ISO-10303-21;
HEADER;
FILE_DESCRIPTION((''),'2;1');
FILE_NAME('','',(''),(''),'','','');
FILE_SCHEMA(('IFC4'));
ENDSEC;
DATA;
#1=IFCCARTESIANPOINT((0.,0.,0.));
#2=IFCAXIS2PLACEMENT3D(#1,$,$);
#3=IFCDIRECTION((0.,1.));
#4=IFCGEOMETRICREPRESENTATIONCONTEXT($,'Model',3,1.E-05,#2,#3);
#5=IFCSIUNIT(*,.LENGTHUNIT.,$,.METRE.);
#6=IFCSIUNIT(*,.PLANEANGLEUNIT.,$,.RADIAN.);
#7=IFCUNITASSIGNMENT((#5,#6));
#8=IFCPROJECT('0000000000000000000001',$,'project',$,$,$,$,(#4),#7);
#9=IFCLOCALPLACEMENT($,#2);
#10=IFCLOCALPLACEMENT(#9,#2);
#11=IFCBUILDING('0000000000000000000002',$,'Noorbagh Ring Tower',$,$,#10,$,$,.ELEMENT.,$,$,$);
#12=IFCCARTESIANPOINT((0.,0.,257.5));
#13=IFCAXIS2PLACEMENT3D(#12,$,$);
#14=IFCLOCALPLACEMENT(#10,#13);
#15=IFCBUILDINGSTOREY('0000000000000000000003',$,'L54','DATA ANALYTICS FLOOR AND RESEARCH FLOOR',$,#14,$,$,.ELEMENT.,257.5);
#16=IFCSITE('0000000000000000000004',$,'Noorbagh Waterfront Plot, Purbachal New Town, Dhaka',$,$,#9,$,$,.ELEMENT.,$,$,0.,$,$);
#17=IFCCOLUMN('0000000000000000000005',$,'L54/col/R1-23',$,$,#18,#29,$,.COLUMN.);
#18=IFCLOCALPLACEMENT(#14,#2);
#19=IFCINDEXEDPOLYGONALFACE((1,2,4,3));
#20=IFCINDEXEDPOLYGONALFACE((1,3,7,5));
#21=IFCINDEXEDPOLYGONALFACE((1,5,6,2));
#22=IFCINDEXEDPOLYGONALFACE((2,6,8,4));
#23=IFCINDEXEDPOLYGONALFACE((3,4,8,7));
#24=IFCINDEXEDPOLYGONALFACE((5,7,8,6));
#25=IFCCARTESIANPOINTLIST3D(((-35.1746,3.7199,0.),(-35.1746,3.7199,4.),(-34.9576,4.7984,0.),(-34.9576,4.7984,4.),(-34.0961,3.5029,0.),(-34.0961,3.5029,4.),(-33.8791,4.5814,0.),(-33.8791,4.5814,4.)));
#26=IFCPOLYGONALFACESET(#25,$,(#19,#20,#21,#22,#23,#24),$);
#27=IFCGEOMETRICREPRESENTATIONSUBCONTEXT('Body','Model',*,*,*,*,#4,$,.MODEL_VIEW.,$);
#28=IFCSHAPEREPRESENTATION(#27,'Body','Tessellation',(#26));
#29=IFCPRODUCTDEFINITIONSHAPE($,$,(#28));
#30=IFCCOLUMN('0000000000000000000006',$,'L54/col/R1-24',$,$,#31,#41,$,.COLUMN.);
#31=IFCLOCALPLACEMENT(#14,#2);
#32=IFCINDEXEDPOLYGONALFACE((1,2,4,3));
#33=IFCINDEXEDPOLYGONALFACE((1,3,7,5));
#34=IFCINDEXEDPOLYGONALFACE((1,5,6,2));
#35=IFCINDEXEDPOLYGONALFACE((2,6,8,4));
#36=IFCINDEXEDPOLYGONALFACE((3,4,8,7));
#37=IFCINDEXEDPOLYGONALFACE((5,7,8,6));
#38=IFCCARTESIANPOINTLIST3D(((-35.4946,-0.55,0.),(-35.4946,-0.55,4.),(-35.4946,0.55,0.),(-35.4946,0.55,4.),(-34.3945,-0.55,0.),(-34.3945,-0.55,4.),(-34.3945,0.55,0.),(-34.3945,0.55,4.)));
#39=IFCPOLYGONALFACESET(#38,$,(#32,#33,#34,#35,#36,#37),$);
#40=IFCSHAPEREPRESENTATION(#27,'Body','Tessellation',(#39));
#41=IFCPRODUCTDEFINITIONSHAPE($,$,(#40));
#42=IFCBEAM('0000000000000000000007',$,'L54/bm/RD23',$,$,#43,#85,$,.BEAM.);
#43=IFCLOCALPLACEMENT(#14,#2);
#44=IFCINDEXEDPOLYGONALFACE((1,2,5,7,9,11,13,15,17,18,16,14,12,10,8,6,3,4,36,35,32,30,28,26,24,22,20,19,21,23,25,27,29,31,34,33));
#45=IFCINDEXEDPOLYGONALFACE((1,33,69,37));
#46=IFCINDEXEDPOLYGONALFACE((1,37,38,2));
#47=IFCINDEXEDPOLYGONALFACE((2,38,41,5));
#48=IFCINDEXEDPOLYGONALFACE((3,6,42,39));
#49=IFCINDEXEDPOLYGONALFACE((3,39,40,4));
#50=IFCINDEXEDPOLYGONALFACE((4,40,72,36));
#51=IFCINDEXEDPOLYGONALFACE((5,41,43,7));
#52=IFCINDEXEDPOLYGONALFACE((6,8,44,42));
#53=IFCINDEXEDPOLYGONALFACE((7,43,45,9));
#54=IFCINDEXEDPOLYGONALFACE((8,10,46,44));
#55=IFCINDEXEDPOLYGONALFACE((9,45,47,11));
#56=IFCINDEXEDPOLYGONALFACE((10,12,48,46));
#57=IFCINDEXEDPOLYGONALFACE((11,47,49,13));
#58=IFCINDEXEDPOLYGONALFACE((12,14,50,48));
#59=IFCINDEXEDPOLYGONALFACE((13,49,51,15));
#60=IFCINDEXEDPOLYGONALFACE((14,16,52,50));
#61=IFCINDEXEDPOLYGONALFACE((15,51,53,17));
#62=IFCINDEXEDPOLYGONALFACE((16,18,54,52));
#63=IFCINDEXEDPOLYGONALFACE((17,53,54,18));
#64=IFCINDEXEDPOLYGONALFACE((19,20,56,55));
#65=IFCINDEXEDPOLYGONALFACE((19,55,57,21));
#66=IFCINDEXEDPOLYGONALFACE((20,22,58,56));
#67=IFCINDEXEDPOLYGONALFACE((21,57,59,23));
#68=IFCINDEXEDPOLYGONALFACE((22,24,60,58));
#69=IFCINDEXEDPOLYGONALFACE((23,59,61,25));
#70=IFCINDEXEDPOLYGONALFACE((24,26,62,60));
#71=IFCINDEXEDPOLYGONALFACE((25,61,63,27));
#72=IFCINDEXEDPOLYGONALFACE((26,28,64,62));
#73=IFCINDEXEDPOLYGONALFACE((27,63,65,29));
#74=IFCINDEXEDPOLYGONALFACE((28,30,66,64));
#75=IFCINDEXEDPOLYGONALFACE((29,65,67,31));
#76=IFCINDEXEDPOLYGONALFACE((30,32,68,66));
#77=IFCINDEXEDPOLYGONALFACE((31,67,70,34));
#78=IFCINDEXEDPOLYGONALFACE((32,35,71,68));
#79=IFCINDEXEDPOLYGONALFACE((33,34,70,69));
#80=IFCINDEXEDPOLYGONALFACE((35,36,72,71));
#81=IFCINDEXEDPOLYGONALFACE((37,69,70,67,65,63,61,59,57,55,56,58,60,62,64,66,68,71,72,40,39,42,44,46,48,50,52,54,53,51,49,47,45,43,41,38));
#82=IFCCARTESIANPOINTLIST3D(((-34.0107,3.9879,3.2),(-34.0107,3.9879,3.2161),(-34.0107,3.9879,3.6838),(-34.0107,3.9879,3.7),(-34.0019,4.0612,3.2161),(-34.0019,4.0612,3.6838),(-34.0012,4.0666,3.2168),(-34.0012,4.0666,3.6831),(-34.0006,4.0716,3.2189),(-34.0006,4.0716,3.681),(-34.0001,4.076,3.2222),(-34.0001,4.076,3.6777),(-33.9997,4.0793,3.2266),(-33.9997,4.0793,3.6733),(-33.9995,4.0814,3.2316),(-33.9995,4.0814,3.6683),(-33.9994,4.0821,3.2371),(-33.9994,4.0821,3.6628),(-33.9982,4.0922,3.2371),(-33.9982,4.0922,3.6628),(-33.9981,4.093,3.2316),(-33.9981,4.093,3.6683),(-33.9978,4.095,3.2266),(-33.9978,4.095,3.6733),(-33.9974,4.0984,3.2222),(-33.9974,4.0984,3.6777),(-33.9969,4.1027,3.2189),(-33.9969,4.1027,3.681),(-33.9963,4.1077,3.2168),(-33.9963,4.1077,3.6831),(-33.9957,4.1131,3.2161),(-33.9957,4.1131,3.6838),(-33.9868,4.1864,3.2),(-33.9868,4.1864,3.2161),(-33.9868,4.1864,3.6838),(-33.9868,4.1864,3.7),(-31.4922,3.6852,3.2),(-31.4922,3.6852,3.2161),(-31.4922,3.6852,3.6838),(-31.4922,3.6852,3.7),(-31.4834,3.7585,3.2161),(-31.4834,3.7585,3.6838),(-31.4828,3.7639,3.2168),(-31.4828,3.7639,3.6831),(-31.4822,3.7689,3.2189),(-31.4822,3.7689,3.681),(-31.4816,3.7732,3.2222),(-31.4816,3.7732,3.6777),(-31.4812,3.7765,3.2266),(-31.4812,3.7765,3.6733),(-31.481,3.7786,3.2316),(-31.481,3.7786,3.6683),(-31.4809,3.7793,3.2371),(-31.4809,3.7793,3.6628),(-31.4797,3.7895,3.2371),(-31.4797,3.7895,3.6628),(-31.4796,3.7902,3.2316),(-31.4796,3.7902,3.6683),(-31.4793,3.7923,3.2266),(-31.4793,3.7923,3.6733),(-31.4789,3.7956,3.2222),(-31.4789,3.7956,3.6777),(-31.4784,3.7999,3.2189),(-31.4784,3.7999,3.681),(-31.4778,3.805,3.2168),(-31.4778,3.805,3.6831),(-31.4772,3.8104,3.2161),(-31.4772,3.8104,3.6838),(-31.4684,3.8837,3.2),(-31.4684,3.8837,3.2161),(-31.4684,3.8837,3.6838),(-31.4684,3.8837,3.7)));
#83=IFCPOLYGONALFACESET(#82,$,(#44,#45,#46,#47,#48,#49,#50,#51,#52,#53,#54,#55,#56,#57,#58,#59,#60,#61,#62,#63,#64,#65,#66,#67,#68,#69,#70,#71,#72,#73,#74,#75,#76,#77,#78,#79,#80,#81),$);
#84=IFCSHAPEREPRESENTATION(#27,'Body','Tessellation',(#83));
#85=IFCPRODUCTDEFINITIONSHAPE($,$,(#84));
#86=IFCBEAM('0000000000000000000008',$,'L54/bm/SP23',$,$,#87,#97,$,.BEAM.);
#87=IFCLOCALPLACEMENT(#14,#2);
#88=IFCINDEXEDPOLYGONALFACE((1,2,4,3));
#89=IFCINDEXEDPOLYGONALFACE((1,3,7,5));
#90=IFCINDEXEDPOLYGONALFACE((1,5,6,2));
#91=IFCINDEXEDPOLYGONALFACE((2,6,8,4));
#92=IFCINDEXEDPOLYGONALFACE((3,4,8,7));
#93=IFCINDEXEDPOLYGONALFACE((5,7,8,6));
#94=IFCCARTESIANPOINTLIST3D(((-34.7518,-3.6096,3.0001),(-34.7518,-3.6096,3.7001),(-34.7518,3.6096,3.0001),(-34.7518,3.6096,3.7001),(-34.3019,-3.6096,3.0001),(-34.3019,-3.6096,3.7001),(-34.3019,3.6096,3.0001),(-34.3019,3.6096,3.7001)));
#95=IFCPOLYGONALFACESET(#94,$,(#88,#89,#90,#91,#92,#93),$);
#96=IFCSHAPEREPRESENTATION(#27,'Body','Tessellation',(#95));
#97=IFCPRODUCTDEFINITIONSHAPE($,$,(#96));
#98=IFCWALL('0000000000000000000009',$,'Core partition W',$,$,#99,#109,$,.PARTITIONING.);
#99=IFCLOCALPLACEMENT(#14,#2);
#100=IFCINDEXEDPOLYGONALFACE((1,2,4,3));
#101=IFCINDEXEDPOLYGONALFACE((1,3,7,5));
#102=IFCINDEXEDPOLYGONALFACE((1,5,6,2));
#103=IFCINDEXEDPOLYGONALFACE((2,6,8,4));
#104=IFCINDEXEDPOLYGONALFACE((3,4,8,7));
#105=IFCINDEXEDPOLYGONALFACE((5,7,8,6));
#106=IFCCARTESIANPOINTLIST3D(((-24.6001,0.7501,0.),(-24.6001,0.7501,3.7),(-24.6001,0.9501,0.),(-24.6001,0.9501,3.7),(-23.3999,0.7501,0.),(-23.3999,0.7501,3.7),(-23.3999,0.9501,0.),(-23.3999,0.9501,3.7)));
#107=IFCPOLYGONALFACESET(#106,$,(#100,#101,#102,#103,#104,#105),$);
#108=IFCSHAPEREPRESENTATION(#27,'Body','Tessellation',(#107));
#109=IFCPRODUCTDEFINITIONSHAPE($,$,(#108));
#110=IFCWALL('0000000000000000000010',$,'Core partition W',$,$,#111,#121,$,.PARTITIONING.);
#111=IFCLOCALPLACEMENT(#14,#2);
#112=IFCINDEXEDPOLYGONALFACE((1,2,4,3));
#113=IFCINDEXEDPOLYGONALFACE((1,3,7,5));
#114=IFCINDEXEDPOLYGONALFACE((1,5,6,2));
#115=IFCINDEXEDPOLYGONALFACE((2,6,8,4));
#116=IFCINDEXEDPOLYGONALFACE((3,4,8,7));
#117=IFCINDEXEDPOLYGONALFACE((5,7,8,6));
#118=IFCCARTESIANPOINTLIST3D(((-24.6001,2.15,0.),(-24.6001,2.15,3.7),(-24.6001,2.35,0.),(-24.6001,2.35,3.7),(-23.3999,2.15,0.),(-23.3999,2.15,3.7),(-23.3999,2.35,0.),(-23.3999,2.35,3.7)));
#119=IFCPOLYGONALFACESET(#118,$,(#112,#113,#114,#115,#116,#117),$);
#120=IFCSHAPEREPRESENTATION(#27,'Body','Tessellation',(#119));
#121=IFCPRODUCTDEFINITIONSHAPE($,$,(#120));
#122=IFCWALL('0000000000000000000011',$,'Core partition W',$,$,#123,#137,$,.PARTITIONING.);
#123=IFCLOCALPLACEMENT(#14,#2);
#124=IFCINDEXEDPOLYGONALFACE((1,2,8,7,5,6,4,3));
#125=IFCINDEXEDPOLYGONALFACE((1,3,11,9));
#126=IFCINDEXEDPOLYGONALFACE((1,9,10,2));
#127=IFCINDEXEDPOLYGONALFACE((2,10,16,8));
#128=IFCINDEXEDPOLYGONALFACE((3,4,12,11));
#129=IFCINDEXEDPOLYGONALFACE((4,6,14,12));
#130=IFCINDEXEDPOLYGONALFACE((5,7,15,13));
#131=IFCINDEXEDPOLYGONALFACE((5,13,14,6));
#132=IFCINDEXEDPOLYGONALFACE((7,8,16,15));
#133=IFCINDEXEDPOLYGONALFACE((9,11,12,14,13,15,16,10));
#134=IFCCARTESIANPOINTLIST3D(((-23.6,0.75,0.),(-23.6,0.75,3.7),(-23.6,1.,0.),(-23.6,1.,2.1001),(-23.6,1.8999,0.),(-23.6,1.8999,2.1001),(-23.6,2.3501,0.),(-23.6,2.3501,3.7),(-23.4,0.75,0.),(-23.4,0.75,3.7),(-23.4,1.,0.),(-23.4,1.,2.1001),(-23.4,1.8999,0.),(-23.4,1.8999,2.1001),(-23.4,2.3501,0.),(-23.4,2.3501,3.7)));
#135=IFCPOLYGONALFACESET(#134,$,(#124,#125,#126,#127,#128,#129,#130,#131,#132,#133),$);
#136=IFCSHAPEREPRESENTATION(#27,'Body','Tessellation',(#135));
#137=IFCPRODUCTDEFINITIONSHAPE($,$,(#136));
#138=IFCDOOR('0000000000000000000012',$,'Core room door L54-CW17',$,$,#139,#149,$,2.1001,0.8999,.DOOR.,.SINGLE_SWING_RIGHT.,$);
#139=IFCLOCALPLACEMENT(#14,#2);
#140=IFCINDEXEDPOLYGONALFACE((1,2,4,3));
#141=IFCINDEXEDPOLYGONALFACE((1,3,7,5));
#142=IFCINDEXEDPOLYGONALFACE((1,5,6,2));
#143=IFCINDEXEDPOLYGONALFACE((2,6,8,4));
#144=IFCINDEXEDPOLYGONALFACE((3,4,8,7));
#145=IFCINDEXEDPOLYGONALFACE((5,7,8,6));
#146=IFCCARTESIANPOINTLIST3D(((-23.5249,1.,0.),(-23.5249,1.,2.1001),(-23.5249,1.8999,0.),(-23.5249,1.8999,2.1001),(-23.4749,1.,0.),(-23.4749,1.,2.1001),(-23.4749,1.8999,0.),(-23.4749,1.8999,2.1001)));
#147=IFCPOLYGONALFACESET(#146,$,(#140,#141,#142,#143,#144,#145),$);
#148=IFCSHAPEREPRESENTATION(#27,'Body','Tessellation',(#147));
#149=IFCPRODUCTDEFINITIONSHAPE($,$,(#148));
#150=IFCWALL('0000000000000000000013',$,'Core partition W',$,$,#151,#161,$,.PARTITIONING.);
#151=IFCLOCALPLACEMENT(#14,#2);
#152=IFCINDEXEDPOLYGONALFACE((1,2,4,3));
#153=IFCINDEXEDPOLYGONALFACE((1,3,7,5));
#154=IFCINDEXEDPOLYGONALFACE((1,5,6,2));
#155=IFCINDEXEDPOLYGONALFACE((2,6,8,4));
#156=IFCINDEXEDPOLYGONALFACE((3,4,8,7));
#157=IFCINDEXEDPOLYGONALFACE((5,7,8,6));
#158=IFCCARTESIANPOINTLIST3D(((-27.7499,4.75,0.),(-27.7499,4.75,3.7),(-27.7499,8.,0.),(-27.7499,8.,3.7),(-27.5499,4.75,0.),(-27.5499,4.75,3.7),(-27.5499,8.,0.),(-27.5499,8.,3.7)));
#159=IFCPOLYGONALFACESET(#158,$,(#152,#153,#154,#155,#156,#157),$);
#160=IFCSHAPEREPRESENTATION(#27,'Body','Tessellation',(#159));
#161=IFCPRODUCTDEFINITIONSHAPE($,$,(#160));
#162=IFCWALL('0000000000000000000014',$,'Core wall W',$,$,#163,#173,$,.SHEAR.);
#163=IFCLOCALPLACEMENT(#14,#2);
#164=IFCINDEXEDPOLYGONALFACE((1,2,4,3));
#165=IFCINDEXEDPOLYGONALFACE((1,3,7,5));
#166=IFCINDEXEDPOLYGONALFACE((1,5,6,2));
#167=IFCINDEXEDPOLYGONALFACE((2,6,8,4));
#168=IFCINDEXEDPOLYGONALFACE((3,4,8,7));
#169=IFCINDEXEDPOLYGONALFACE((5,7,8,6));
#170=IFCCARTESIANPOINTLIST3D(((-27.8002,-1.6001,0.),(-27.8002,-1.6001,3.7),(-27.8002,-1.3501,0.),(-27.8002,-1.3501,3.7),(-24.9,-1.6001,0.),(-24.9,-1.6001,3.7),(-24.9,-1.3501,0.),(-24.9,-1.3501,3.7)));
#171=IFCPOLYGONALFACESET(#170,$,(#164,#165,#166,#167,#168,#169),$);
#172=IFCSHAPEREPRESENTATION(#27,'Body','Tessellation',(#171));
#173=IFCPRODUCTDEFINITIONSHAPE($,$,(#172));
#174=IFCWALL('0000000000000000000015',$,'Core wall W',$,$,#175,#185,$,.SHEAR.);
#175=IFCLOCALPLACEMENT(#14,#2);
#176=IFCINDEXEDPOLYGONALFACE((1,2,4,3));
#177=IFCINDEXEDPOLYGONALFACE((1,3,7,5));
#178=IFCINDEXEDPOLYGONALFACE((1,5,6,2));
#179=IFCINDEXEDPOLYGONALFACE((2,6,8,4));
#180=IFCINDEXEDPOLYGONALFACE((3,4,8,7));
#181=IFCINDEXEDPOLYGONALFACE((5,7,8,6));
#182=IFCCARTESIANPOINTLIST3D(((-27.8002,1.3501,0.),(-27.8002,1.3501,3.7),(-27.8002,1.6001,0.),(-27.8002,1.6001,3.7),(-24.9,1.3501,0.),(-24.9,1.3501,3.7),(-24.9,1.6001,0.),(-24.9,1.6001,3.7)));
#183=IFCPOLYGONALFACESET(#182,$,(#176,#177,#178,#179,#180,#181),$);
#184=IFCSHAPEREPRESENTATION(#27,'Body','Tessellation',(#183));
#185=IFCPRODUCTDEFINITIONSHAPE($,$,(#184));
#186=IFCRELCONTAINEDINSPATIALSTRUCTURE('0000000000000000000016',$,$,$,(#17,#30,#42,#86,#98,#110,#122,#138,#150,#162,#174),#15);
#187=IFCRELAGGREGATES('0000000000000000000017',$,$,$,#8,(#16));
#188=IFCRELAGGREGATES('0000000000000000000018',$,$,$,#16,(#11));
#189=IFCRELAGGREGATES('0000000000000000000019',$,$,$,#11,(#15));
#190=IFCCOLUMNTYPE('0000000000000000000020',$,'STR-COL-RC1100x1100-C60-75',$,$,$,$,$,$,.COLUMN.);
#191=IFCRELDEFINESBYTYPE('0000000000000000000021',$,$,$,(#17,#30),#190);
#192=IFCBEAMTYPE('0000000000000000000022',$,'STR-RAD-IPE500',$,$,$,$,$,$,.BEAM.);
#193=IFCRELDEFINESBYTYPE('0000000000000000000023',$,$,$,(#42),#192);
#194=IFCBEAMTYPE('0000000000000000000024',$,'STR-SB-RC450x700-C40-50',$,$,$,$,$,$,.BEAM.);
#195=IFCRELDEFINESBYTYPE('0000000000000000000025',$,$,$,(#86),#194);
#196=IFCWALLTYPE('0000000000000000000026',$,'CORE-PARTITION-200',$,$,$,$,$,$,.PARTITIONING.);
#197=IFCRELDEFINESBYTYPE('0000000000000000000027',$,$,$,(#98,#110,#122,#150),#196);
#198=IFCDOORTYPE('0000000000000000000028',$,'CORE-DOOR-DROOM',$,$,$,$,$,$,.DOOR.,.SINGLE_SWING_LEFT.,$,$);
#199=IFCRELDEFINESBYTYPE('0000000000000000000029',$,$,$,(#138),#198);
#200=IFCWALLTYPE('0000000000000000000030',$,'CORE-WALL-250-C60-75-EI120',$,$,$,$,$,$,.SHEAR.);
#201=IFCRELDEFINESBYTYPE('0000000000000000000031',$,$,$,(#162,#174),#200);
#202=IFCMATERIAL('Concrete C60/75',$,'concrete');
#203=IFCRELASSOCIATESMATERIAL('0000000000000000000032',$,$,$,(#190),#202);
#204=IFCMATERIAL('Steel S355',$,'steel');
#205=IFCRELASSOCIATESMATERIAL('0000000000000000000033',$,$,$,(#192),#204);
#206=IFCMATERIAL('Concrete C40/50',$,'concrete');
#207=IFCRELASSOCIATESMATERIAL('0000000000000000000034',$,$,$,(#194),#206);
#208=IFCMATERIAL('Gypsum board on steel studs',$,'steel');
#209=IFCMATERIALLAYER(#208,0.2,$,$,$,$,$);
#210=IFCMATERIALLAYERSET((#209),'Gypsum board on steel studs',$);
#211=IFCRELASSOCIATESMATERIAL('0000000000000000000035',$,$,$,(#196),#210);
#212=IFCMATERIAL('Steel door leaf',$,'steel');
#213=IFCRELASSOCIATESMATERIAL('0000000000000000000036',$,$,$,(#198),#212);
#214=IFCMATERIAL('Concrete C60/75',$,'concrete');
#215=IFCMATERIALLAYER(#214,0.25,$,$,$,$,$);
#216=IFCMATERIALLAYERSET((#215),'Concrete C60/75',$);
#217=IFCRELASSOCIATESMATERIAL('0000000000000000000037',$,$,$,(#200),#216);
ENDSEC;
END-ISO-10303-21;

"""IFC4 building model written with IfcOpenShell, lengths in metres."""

from ifc_helpers import new_model, si_unit, direction, frame, frame_2d, origin, origin_2d, place, context, subcontext, project, spatial, rectangle, i_section, extrude, material, layer, layer_set, material_profile, profile_set, type_object, element, fill, save


model = new_model("IFC4")

# Units and contexts
model_context = context("Model", 3, precision=1e-05, world=origin(), true_north=direction((0.0, 1.0)))
body_context = subcontext(model_context, "Body", "Model", "MODEL_VIEW")
ifc_project = project(units=[si_unit("LENGTHUNIT", "METRE"), si_unit("PLANEANGLEUNIT", "RADIAN")], contexts=[model_context])

# Site, building, storey
site_placement = place(None, origin())
site = spatial("IfcSite", under=ifc_project, at=site_placement, Name="Noorbagh Waterfront Plot, Purbachal New Town, Dhaka", CompositionType="ELEMENT", RefElevation=0.0)
building_placement = place(site_placement, origin())
building = spatial("IfcBuilding", under=site, at=building_placement, Name="Noorbagh Ring Tower", CompositionType="ELEMENT")
storey_placement = place(building_placement, frame((0.0, 0.0, 257.5)))
storey = spatial("IfcBuildingStorey", under=building, at=storey_placement, Name="L54", Description="DATA ANALYTICS FLOOR AND RESEARCH FLOOR", CompositionType="ELEMENT", Elevation=257.5)

# Columns
ifc_material_1 = material(Name="Concrete C60/75", Category="concrete")
ifc_material_profile_1 = material_profile(ifc_material_1, rectangle(XDim=1.1001, YDim=1.1001, at=origin_2d()), Name="RC1100x1100")
ifc_profile_set_1 = profile_set([ifc_material_profile_1], Name="Concrete C60/75")
column_type = type_object("IfcColumnType", Name="STR-COL-RC1100x1100-C60-75", PredefinedType="COLUMN", material=ifc_profile_set_1)
for number, where, z_axis, x_axis, name in (
    (1, (-34.5269, 4.1506, 0.0), (0.0, 0.0, 1.0), (-0.19723, -0.980357, 0.0), "L54/col/R1-23"),
    (2, (-34.9446, 0.0, 0.0), (0.0, 0.0, 1.0), (0.0, -1.0, 0.0), "L54/col/R1-24"),
):
    element("IfcColumn", number, at=place(storey_placement, frame(where, z_axis=z_axis, x_axis=x_axis)), inside=storey, type_object=column_type, Name=name, PredefinedType="COLUMN", context=body_context, shape_type="SweptSolid", body=[
        extrude(rectangle(XDim=1.1001, YDim=1.1001, at=origin_2d()), origin(), (0.0, 0.0, 1.0), 4.0),
    ])

# Beams
ifc_material_2 = material(Name="Steel S355", Category="steel")
ifc_material_profile_2 = material_profile(ifc_material_2, i_section(OverallWidth=0.2, OverallDepth=0.5, WebThickness=0.0103, FlangeThickness=0.0161, FilletRadius=0.021, at=origin_2d()), Name="IPE500")
ifc_profile_set_2 = profile_set([ifc_material_profile_2], Name="Steel S355")
beam_type_1 = type_object("IfcBeamType", Name="STR-RAD-IPE500", PredefinedType="BEAM", material=ifc_profile_set_2)
beam_1_placement = place(storey_placement, frame((-33.9988, 4.0872, 3.45), z_axis=(0.992853, -0.119343, 0.0), x_axis=(0.119343, 0.992853, 0.0)))
element("IfcBeam", 3, at=beam_1_placement, inside=storey, type_object=beam_type_1, Name="L54/bm/RD23", PredefinedType="BEAM", context=body_context, shape_type="SweptSolid", body=[
    extrude(i_section(OverallWidth=0.2, OverallDepth=0.5, WebThickness=0.0103, FlangeThickness=0.0161, FilletRadius=0.021, at=origin_2d()), origin(), (0.0, 0.0, 1.0), 2.5366),
])
ifc_material_3 = material(Name="Concrete C40/50", Category="concrete")
ifc_material_profile_3 = material_profile(ifc_material_3, rectangle(XDim=0.45, YDim=0.7, at=origin_2d()), Name="RC450x700")
ifc_profile_set_3 = profile_set([ifc_material_profile_3], Name="Concrete C40/50")
beam_type_2 = type_object("IfcBeamType", Name="STR-SB-RC450x700-C40-50", PredefinedType="BEAM", material=ifc_profile_set_3)
beam_2_placement = place(storey_placement, frame((-34.5269, 3.6096, 3.3501), z_axis=(0.0, -1.0, 0.0), x_axis=(1.0, 0.0, 0.0)))
element("IfcBeam", 4, at=beam_2_placement, inside=storey, type_object=beam_type_2, Name="L54/bm/SP23", PredefinedType="BEAM", context=body_context, shape_type="SweptSolid", body=[
    extrude(rectangle(XDim=0.45, YDim=0.7, at=origin_2d()), origin(), (0.0, 0.0, 1.0), 7.2192),
])

# Walls
ifc_material_4 = material(Name="Gypsum board on steel studs", Category="steel")
ifc_layer_1 = layer(ifc_material_4, 0.2)
ifc_layer_set_1 = layer_set([ifc_layer_1], Name="Gypsum board on steel studs")
wall_type_1 = type_object("IfcWallType", Name="CORE-PARTITION-200", PredefinedType="PARTITIONING", material=ifc_layer_set_1)
for number, where, z_axis, x_axis, name in (
    (5, (-23.3999, 0.8501, 0.0), (0.0, 0.0, 1.0), (-1.0, 0.0, 0.0), "Core partition W"),
    (6, (-23.3999, 2.25, 0.0), (0.0, 0.0, 1.0), (-1.0, 0.0, 0.0), "Core partition W"),
):
    element("IfcWall", number, at=place(storey_placement, frame(where, z_axis=z_axis, x_axis=x_axis)), inside=storey, type_object=wall_type_1, Name=name, PredefinedType="PARTITIONING", context=body_context, shape_type="SweptSolid", body=[
        extrude(rectangle(XDim=1.2002, YDim=0.2, at=frame_2d((0.6001, 0.0))), origin(), (0.0, 0.0, 1.0), 3.7),
    ])

# Wall, opening, door
wall_1_placement = place(storey_placement, frame((-23.5, 0.75, 0.0), z_axis=(0.0, 0.0, 1.0), x_axis=(0.0, 1.0, 0.0)))
wall_1 = element("IfcWall", 7, at=wall_1_placement, inside=storey, type_object=wall_type_1, Name="Core partition W", PredefinedType="PARTITIONING", context=body_context, shape_type="SweptSolid", body=[
    extrude(rectangle(XDim=1.6001, YDim=0.2, at=frame_2d((0.8, 0.0))), origin(), (0.0, 0.0, 1.0), 3.7),
])
opening_1_placement = place(wall_1_placement, frame((0.25, 0.0, 0.0)))
opening_1 = element("IfcOpeningElement", 8, at=opening_1_placement, cuts=wall_1, PredefinedType="OPENING", context=body_context, shape_type="SweptSolid", body=[
    extrude(rectangle(XDim=0.8999, YDim=2.1001, at=frame_2d((0.45, 1.05))), frame((0.0, 0.1099, 0.0), z_axis=(0.0, -1.0, 0.0), x_axis=(1.0, 0.0, 0.0)), (0.0, 0.0, 1.0), 0.22),
])
ifc_material_5 = material(Name="Steel door leaf", Category="steel")
door_type_1 = type_object("IfcDoorType", Name="CORE-DOOR-DROOM", OperationType="SINGLE_SWING_LEFT", PredefinedType="DOOR", material=ifc_material_5)
door_1_placement = place(opening_1_placement, origin())
door_1 = element("IfcDoor", 9, at=door_1_placement, inside=storey, type_object=door_type_1, Name="Core room door L54-CW17", OperationType="SINGLE_SWING_RIGHT", OverallHeight=2.1001, OverallWidth=0.8999, PredefinedType="DOOR", context=body_context, shape_type="SweptSolid", body=[
    extrude(rectangle(XDim=0.8999, YDim=2.1001, at=frame_2d((0.45, 1.05))), frame((0.0, 0.0249, 0.0), z_axis=(0.0, -1.0, 0.0), x_axis=(1.0, 0.0, 0.0)), (0.0, 0.0, 1.0), 0.05),
])
fill(opening_1, door_1)

# Walls
wall_2_placement = place(storey_placement, frame((-27.6499, 4.75, 0.0), z_axis=(0.0, 0.0, 1.0), x_axis=(0.0, 1.0, 0.0)))
element("IfcWall", 10, at=wall_2_placement, inside=storey, type_object=wall_type_1, Name="Core partition W", PredefinedType="PARTITIONING", context=body_context, shape_type="SweptSolid", body=[
    extrude(rectangle(XDim=3.25, YDim=0.2, at=frame_2d((1.625, 0.0))), origin(), (0.0, 0.0, 1.0), 3.7),
])
ifc_material_6 = material(Name="Concrete C60/75", Category="concrete")
ifc_layer_2 = layer(ifc_material_6, 0.25)
ifc_layer_set_2 = layer_set([ifc_layer_2], Name="Concrete C60/75")
wall_type_2 = type_object("IfcWallType", Name="CORE-WALL-250-C60-75-EI120", PredefinedType="SHEAR", material=ifc_layer_set_2)
for number, where, z_axis, x_axis, name in (
    (11, (-24.8999, -1.4751, 0.0), (0.0, 0.0, 1.0), (-1.0, 0.0, 0.0), "Core wall W"),
    (12, (-24.8999, 1.4751, 0.0), (0.0, 0.0, 1.0), (-1.0, 0.0, 0.0), "Core wall W"),
):
    element("IfcWall", number, at=place(storey_placement, frame(where, z_axis=z_axis, x_axis=x_axis)), inside=storey, type_object=wall_type_2, Name=name, PredefinedType="SHEAR", context=body_context, shape_type="SweptSolid", body=[
        extrude(rectangle(XDim=2.9001, YDim=0.25, at=frame_2d((1.4502, 0.0))), origin(), (0.0, 0.0, 1.0), 3.7),
    ])

save(model, "model.ifc")
